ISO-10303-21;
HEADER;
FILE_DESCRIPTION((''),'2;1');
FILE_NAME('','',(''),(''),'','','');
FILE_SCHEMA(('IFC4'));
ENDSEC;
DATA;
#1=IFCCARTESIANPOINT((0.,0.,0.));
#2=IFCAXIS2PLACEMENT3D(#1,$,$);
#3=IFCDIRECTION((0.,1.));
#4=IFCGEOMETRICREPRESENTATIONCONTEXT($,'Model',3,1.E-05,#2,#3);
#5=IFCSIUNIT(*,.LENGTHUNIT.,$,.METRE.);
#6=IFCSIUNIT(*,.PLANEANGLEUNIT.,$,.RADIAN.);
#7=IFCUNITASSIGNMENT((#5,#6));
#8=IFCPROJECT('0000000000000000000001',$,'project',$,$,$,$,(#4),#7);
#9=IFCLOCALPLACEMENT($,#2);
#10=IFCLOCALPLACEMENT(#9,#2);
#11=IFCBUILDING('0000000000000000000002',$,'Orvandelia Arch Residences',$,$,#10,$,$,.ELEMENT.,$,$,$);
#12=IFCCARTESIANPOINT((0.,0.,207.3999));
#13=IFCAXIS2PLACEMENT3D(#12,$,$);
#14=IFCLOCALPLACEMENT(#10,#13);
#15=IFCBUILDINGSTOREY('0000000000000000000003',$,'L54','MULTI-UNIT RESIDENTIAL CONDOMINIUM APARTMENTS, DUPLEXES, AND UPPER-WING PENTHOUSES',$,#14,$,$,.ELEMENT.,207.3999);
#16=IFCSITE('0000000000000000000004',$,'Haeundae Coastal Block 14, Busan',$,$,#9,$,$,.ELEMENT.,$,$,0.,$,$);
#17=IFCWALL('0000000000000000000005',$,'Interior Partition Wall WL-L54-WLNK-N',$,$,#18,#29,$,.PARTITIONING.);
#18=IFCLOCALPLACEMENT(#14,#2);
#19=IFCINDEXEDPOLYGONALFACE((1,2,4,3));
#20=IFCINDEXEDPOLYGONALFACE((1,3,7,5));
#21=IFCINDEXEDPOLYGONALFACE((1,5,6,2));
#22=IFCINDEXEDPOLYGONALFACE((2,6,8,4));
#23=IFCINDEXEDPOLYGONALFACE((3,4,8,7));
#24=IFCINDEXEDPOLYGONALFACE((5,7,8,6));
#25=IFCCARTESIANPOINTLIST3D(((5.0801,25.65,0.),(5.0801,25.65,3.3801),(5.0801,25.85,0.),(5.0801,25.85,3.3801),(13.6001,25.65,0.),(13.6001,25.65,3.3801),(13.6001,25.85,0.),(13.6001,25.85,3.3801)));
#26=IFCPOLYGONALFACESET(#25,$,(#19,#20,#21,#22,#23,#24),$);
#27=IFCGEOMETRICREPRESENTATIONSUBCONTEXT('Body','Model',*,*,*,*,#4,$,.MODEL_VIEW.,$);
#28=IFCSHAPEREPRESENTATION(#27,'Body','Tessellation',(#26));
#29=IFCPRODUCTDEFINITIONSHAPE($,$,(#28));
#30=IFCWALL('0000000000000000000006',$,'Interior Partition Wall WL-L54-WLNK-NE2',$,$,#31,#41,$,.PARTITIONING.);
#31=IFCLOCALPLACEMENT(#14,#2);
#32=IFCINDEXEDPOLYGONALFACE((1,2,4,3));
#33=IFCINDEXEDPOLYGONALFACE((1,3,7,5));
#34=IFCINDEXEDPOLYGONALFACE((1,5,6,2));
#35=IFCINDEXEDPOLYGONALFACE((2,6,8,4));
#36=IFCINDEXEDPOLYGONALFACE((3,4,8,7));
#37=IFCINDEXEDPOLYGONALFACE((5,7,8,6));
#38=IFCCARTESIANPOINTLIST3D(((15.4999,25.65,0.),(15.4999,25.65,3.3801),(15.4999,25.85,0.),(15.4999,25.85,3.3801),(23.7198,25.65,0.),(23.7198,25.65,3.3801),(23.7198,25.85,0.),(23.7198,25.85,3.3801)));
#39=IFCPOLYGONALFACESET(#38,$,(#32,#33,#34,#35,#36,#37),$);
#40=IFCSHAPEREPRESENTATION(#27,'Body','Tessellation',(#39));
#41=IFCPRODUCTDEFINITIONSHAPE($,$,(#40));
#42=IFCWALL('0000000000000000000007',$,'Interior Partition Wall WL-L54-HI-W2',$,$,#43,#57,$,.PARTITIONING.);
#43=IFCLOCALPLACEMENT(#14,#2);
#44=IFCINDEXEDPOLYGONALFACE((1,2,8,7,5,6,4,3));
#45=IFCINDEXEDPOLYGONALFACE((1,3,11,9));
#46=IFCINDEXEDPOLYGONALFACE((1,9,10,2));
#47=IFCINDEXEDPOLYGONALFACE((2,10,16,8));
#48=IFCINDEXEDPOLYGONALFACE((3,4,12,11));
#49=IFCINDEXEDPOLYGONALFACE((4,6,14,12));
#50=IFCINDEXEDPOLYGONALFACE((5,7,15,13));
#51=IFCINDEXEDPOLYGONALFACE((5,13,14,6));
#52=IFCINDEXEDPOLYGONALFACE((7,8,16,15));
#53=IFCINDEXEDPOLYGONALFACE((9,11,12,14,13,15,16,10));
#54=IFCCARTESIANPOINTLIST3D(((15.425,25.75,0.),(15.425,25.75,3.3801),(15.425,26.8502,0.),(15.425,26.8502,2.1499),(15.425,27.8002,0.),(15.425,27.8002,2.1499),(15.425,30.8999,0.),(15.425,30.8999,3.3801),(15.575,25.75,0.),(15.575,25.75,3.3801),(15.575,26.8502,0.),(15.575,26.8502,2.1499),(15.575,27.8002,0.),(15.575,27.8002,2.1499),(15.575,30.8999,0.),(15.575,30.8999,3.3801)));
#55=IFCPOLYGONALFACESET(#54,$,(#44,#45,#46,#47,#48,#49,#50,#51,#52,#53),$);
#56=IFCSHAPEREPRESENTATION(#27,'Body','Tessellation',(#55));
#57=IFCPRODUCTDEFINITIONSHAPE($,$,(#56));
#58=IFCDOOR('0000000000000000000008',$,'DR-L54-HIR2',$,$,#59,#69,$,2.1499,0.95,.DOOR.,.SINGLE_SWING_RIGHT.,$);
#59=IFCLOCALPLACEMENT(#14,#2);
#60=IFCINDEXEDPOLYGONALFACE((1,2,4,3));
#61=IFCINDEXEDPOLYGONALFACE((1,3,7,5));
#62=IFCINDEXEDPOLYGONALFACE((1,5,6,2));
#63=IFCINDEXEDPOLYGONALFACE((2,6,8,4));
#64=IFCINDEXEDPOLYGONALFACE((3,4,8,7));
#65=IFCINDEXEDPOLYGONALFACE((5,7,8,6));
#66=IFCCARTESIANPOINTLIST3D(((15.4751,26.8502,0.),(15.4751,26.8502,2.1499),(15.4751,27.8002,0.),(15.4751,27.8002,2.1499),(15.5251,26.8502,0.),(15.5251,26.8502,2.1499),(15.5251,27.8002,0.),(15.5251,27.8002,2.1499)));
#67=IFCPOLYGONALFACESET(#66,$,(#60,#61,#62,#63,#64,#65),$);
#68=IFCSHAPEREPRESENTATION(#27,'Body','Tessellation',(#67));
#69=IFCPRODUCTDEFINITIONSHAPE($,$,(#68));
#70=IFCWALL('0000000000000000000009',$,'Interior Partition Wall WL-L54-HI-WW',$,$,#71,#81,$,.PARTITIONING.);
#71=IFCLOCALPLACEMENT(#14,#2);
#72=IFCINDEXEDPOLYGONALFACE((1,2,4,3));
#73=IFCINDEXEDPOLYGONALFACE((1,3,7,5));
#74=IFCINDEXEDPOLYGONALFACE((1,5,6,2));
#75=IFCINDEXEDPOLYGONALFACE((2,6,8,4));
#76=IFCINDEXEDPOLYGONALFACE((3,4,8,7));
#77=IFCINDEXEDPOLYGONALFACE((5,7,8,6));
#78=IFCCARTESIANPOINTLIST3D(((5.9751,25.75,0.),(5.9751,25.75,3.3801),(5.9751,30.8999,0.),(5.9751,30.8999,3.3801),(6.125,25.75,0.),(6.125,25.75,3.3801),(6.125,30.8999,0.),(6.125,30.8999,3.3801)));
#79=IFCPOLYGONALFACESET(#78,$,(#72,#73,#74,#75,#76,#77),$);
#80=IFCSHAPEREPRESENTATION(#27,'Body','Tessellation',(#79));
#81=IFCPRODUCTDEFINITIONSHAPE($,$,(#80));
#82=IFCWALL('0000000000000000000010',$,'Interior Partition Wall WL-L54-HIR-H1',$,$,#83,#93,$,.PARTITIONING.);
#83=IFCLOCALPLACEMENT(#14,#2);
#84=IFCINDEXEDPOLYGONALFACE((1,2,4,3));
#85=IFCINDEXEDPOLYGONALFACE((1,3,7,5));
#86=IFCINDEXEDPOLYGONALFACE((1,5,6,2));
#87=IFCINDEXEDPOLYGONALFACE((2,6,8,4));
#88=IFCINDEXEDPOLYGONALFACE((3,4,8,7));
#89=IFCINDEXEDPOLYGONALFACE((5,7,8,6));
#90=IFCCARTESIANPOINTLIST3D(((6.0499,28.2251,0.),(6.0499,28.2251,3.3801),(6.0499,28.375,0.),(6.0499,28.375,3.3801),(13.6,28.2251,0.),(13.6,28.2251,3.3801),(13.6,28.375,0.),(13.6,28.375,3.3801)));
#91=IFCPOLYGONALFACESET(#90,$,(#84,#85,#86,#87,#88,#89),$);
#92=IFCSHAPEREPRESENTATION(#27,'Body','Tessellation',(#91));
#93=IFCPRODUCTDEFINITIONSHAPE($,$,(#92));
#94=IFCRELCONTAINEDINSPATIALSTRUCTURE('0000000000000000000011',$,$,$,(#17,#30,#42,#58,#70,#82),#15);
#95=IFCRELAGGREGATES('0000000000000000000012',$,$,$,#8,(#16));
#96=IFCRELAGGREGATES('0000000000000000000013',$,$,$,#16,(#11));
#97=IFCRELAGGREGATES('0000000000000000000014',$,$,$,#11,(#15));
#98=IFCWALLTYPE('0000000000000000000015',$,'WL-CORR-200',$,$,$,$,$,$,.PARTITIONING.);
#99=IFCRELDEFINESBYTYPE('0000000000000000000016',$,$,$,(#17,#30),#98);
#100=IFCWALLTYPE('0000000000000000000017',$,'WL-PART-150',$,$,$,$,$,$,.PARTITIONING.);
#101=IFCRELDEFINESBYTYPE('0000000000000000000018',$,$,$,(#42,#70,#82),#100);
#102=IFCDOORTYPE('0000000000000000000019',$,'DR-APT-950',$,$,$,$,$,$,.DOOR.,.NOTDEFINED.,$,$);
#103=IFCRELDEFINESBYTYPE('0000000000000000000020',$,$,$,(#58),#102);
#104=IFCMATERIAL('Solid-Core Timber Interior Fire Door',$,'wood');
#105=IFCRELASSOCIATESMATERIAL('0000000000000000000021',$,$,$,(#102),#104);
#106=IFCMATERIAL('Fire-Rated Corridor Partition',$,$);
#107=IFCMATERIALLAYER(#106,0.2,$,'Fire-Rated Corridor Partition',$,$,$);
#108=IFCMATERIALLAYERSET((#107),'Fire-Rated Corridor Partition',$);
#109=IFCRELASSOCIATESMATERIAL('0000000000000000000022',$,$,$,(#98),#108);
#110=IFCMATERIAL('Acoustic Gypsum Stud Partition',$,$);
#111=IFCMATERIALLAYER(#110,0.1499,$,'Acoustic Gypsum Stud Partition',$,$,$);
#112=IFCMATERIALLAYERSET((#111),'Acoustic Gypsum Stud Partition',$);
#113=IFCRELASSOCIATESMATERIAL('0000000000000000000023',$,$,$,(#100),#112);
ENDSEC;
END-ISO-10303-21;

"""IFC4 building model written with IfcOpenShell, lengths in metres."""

from ifc_helpers import new_model, si_unit, direction, frame, frame_2d, origin, place, context, subcontext, project, spatial, rectangle, extrude, material, layer, layer_set, type_object, element, fill, save


model = new_model("IFC4")

# Units and contexts
model_context = context("Model", 3, precision=1e-05, world=origin(), true_north=direction((0.0, 1.0)))
body_context = subcontext(model_context, "Body", "Model", "MODEL_VIEW")
ifc_project = project(units=[si_unit("LENGTHUNIT", "METRE"), si_unit("PLANEANGLEUNIT", "RADIAN")], contexts=[model_context])

# Site, building, storey
site_placement = place(None, origin())
site = spatial("IfcSite", under=ifc_project, at=site_placement, Name="Haeundae Coastal Block 14, Busan", CompositionType="ELEMENT", RefElevation=0.0)
building_placement = place(site_placement, origin())
building = spatial("IfcBuilding", under=site, at=building_placement, Name="Orvandelia Arch Residences", CompositionType="ELEMENT")
storey_placement = place(building_placement, frame((0.0, 0.0, 207.3999)))
storey = spatial("IfcBuildingStorey", under=building, at=storey_placement, Name="L54", Description="MULTI-UNIT RESIDENTIAL CONDOMINIUM APARTMENTS, DUPLEXES, AND UPPER-WING PENTHOUSES", CompositionType="ELEMENT", Elevation=207.3999)

# Shared definitions
ifc_material_1 = material(Name="Solid-Core Timber Interior Fire Door", Category="wood")
door_type = type_object("IfcDoorType", Name="DR-APT-950", OperationType="NOTDEFINED", PredefinedType="DOOR", material=ifc_material_1)

# Walls
ifc_material_2 = material(Name="Fire-Rated Corridor Partition")
ifc_layer_1 = layer(ifc_material_2, 0.2, Name="Fire-Rated Corridor Partition")
ifc_layer_set_1 = layer_set([ifc_layer_1], Name="Fire-Rated Corridor Partition")
wall_type_1 = type_object("IfcWallType", Name="WL-CORR-200", PredefinedType="PARTITIONING", material=ifc_layer_set_1)
wall_1_placement = place(storey_placement, frame((5.0801, 25.75, 0.0), z_axis=(0.0, 0.0, 1.0), x_axis=(1.0, 0.0, 0.0)))
element("IfcWall", 1, at=wall_1_placement, inside=storey, type_object=wall_type_1, Name="Interior Partition Wall WL-L54-WLNK-N", PredefinedType="PARTITIONING", context=body_context, shape_type="SweptSolid", body=[
    extrude(rectangle(XDim=8.52, YDim=0.2, at=frame_2d((4.26, 0.0))), origin(), (0.0, 0.0, 1.0), 3.3801),
])
wall_2_placement = place(storey_placement, frame((15.5, 25.75, 0.0), z_axis=(0.0, 0.0, 1.0), x_axis=(1.0, 0.0, 0.0)))
element("IfcWall", 2, at=wall_2_placement, inside=storey, type_object=wall_type_1, Name="Interior Partition Wall WL-L54-WLNK-NE2", PredefinedType="PARTITIONING", context=body_context, shape_type="SweptSolid", body=[
    extrude(rectangle(XDim=8.22, YDim=0.2, at=frame_2d((4.1099, 0.0))), origin(), (0.0, 0.0, 1.0), 3.3801),
])

# Shared definitions
ifc_material_3 = material(Name="Acoustic Gypsum Stud Partition")
ifc_layer_2 = layer(ifc_material_3, 0.1499, Name="Acoustic Gypsum Stud Partition")
ifc_layer_set_2 = layer_set([ifc_layer_2], Name="Acoustic Gypsum Stud Partition")
wall_type_2 = type_object("IfcWallType", Name="WL-PART-150", PredefinedType="PARTITIONING", material=ifc_layer_set_2)

# Wall, opening, door
wall_3_placement = place(storey_placement, frame((15.5, 25.75, 0.0), z_axis=(0.0, 0.0, 1.0), x_axis=(0.0, 1.0, 0.0)))
wall_3 = element("IfcWall", 3, at=wall_3_placement, inside=storey, type_object=wall_type_2, Name="Interior Partition Wall WL-L54-HI-W2", PredefinedType="PARTITIONING", context=body_context, shape_type="SweptSolid", body=[
    extrude(rectangle(XDim=5.1499, YDim=0.1499, at=frame_2d((2.575, 0.0))), origin(), (0.0, 0.0, 1.0), 3.3801),
])
opening_1_placement = place(wall_3_placement, frame((1.1001, 0.0, 0.0)))
opening_1 = element("IfcOpeningElement", 4, at=opening_1_placement, cuts=wall_3, PredefinedType="OPENING", context=body_context, shape_type="SweptSolid", body=[
    extrude(rectangle(XDim=0.95, YDim=2.1499, at=frame_2d((0.4751, 1.075))), frame((0.0, 0.085, 0.0), z_axis=(0.0, -1.0, 0.0), x_axis=(1.0, 0.0, 0.0)), (0.0, 0.0, 1.0), 0.1699),
])
door_1_placement = place(opening_1_placement, origin())
door_1 = element("IfcDoor", 5, at=door_1_placement, inside=storey, type_object=door_type, Name="DR-L54-HIR2", OperationType="SINGLE_SWING_RIGHT", OverallHeight=2.1499, OverallWidth=0.95, PredefinedType="DOOR", context=body_context, shape_type="SweptSolid", body=[
    extrude(rectangle(XDim=0.95, YDim=2.1499, at=frame_2d((0.4751, 1.075))), frame((0.0, 0.0249, 0.0), z_axis=(0.0, -1.0, 0.0), x_axis=(1.0, 0.0, 0.0)), (0.0, 0.0, 1.0), 0.05),
])
fill(opening_1, door_1)

# Walls
wall_4_placement = place(storey_placement, frame((6.05, 25.75, 0.0), z_axis=(0.0, 0.0, 1.0), x_axis=(0.0, 1.0, 0.0)))
element("IfcWall", 6, at=wall_4_placement, inside=storey, type_object=wall_type_2, Name="Interior Partition Wall WL-L54-HI-WW", PredefinedType="PARTITIONING", context=body_context, shape_type="SweptSolid", body=[
    extrude(rectangle(XDim=5.1499, YDim=0.1499, at=frame_2d((2.575, 0.0))), origin(), (0.0, 0.0, 1.0), 3.3801),
])
wall_5_placement = place(storey_placement, frame((6.05, 28.3, 0.0), z_axis=(0.0, 0.0, 1.0), x_axis=(1.0, 0.0, 0.0)))
element("IfcWall", 7, at=wall_5_placement, inside=storey, type_object=wall_type_2, Name="Interior Partition Wall WL-L54-HIR-H1", PredefinedType="PARTITIONING", context=body_context, shape_type="SweptSolid", body=[
    extrude(rectangle(XDim=7.55, YDim=0.1499, at=frame_2d((3.7749, 0.0))), origin(), (0.0, 0.0, 1.0), 3.3801),
])

save(model, "model.ifc")
